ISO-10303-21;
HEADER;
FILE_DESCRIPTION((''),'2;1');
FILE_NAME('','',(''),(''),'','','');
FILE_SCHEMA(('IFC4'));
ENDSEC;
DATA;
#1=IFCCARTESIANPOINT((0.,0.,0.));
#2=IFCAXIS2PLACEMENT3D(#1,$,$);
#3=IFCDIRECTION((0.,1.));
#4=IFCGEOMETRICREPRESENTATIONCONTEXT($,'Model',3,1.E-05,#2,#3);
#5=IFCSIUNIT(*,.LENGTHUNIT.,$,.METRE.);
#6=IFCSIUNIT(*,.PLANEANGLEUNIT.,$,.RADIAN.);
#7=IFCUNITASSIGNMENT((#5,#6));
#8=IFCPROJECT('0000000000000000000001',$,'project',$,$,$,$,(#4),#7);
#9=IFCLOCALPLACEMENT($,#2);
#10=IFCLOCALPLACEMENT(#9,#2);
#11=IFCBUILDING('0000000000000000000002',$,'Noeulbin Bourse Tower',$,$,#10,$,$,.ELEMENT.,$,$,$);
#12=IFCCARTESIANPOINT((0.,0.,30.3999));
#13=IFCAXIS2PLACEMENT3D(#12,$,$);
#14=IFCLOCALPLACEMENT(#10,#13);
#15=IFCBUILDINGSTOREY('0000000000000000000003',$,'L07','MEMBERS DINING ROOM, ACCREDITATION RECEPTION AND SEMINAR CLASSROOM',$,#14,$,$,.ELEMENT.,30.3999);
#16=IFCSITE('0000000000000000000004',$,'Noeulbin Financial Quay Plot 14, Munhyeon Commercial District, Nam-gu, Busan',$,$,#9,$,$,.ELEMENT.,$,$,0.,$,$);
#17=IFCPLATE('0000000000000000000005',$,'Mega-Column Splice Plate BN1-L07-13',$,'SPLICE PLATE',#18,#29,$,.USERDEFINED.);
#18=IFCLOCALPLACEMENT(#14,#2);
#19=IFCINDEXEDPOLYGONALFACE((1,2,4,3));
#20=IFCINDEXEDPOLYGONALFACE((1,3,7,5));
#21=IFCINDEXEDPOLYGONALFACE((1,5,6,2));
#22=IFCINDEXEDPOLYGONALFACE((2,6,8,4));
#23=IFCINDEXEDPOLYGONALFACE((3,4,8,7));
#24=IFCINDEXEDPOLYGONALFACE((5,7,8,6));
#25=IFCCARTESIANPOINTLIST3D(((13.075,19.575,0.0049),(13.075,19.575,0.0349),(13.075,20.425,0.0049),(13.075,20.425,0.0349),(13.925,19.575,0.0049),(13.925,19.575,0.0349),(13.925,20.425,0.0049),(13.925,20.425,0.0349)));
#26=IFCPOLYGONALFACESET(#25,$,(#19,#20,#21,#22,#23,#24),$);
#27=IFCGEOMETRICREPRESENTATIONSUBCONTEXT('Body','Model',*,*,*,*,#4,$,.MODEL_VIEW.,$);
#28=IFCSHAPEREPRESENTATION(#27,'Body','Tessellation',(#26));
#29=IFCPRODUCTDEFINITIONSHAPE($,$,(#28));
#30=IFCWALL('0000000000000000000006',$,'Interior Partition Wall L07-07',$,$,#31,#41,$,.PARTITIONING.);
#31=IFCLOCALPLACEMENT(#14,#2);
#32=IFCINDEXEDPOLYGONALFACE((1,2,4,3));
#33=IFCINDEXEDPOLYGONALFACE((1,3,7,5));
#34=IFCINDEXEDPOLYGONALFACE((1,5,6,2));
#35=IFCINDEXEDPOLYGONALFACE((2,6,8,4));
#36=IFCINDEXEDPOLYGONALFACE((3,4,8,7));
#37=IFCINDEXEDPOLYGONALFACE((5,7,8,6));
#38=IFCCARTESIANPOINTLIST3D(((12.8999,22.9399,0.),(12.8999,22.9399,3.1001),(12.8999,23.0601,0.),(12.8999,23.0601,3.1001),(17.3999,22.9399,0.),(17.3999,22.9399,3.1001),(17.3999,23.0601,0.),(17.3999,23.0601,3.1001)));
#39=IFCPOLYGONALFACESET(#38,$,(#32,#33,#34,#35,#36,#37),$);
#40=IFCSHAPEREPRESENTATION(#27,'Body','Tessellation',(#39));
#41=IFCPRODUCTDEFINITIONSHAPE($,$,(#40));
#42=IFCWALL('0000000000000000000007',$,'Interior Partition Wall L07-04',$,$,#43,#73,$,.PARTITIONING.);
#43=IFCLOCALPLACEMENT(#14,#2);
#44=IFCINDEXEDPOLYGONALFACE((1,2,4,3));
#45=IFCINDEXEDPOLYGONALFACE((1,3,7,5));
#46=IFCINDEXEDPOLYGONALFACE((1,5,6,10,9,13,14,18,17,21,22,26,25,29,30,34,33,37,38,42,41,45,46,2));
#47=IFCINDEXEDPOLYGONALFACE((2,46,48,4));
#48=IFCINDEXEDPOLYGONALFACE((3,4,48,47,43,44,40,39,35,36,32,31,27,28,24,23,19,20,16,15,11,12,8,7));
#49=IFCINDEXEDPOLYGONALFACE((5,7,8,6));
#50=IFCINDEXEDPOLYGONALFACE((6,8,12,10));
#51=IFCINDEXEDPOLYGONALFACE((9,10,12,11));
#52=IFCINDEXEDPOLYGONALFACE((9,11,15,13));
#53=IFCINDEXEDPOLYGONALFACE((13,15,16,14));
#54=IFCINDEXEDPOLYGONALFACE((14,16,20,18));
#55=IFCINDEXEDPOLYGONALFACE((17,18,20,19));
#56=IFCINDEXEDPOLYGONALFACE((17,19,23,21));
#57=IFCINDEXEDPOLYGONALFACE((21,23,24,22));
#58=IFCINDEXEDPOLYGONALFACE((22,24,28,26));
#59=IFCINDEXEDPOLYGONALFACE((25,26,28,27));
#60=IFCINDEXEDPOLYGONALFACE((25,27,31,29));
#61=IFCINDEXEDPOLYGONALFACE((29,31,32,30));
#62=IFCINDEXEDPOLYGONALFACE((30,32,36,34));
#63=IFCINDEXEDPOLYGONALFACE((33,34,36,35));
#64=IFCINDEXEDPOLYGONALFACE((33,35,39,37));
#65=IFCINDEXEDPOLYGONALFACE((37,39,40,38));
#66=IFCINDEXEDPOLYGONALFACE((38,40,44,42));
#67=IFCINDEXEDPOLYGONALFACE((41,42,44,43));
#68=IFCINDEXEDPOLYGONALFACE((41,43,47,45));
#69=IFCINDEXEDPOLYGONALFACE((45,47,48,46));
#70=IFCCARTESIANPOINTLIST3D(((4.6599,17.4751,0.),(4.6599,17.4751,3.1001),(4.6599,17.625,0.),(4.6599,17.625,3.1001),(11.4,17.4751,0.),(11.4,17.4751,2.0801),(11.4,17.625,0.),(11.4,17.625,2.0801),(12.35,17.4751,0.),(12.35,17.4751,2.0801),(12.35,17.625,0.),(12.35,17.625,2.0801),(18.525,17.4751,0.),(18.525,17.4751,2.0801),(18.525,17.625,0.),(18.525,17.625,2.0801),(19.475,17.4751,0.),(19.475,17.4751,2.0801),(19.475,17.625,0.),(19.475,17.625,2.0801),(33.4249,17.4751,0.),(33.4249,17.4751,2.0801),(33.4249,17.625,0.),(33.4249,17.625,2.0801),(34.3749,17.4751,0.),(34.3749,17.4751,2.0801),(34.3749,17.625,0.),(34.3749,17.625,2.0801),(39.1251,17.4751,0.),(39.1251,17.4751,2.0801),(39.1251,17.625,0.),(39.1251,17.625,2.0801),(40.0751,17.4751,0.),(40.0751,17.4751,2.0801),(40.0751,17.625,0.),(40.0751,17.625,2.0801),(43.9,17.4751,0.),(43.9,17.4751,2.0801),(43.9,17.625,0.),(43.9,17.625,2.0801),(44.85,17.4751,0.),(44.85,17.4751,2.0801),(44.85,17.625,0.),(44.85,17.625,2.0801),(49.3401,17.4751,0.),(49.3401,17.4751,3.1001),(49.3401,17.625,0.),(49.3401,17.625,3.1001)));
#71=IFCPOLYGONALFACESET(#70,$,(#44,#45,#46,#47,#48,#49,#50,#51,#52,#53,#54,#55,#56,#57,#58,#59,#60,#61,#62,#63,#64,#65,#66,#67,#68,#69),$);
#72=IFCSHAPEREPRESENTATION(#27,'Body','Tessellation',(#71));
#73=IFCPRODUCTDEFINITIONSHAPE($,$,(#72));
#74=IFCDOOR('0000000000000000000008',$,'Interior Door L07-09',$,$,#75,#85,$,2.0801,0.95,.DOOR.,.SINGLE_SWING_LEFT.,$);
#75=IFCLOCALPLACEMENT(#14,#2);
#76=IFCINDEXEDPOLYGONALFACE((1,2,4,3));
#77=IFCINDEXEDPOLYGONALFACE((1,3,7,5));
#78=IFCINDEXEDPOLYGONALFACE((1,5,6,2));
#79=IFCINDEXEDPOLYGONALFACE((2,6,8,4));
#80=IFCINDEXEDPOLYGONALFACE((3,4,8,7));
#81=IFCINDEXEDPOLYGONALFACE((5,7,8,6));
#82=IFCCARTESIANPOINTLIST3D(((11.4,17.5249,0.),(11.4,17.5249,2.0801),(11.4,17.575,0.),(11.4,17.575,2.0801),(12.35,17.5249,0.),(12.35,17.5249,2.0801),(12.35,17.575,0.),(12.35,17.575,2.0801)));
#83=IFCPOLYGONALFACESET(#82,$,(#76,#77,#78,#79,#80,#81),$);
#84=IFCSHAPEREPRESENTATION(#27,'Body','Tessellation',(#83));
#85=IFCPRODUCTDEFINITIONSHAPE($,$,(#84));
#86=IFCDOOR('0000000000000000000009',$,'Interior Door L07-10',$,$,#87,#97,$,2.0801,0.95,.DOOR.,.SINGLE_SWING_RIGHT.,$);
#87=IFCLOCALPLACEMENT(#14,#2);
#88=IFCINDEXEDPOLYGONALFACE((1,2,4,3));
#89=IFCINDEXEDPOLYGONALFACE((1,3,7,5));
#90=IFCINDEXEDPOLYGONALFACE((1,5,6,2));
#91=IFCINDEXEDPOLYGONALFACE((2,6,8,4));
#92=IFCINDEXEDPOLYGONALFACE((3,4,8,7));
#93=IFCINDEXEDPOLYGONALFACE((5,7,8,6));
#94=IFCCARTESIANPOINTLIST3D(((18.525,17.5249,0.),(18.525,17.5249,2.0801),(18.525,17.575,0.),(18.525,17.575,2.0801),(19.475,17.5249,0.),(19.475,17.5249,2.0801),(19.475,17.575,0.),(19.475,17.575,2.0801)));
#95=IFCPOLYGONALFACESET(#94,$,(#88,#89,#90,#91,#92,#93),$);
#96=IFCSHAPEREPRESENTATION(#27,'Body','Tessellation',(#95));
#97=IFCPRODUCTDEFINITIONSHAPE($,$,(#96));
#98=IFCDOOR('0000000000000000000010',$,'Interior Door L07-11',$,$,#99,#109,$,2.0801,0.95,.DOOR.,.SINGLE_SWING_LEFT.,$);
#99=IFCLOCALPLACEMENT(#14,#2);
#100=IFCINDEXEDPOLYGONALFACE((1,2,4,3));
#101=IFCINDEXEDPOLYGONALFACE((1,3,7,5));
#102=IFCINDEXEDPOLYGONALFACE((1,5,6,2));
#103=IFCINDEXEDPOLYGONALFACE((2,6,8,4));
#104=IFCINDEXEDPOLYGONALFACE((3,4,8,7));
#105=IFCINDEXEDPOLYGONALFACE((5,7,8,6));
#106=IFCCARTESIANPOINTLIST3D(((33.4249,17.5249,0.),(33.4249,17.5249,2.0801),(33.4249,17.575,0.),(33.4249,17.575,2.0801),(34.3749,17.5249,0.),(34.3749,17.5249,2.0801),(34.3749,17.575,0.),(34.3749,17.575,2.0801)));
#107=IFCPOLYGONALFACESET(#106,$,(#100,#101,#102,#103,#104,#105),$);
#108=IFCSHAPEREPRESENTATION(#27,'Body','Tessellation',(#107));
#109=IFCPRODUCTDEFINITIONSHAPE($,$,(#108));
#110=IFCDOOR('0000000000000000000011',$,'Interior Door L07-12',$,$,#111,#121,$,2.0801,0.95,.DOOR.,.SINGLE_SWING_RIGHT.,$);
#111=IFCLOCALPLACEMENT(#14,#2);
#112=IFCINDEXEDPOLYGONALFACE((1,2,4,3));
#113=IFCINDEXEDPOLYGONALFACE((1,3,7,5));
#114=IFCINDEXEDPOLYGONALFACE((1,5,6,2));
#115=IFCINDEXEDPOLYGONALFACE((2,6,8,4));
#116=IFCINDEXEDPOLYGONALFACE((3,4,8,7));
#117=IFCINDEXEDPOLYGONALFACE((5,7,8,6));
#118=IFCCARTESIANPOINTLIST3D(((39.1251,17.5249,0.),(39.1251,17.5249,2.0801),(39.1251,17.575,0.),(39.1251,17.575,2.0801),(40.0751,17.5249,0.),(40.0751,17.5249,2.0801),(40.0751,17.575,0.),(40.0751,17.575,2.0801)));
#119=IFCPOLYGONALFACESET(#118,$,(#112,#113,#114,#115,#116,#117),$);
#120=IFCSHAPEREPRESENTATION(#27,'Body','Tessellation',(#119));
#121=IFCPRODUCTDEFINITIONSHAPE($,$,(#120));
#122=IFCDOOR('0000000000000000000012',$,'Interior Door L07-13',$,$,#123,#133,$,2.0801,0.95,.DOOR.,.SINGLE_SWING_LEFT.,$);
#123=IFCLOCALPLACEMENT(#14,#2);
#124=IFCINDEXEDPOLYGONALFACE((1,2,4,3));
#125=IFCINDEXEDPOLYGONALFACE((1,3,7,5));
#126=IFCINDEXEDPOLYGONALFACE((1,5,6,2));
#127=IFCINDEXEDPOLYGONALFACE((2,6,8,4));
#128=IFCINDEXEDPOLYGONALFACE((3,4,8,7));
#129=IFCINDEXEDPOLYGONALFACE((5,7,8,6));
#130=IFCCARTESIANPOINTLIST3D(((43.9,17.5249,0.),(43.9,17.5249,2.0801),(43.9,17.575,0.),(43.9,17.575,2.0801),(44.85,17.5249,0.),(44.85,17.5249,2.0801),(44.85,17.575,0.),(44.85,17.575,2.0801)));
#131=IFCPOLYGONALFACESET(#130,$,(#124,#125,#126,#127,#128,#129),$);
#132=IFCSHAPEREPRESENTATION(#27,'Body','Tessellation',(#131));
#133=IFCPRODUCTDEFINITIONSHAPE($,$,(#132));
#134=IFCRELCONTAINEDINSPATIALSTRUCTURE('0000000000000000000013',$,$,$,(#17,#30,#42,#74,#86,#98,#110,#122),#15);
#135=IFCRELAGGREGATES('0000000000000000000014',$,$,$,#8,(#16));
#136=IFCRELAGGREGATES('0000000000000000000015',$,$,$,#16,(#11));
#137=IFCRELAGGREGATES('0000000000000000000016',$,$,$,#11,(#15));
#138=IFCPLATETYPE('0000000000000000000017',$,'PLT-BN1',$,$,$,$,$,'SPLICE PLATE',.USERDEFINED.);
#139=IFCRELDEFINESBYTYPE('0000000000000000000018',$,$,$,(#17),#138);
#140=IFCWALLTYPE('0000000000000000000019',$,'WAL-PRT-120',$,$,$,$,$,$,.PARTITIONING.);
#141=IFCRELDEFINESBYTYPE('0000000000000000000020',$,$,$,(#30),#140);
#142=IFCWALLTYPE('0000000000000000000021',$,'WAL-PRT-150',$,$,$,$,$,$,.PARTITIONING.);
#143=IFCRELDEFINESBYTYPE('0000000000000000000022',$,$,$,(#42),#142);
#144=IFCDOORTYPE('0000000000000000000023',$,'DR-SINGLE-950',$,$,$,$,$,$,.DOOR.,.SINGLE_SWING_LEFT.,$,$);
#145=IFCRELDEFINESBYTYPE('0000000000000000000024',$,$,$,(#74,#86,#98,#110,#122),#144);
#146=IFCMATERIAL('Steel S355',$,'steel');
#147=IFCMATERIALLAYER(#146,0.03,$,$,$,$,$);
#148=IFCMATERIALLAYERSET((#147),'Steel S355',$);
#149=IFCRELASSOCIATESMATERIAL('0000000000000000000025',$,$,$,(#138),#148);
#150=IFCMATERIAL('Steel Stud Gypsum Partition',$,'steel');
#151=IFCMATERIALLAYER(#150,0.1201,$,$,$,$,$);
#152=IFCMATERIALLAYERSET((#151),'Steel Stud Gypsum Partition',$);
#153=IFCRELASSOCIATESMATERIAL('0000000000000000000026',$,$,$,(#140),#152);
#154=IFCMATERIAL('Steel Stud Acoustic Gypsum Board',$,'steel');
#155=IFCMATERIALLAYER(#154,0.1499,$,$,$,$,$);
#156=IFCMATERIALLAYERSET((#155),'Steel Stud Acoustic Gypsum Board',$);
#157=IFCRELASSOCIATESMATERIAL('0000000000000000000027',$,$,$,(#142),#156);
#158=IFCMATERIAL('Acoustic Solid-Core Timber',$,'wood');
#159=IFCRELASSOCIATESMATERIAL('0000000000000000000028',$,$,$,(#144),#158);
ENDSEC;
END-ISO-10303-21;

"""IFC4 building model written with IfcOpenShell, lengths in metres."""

from ifc_helpers import new_model, si_unit, direction, frame, frame_2d, origin, origin_2d, place, context, subcontext, project, spatial, rectangle, extrude, material, layer, layer_set, type_object, element, fill, save


model = new_model("IFC4")

# Units and contexts
model_context = context("Model", 3, precision=1e-05, world=origin(), true_north=direction((0.0, 1.0)))
body_context = subcontext(model_context, "Body", "Model", "MODEL_VIEW")
ifc_project = project(units=[si_unit("LENGTHUNIT", "METRE"), si_unit("PLANEANGLEUNIT", "RADIAN")], contexts=[model_context])

# Site, building, storey
site_placement = place(None, origin())
site = spatial("IfcSite", under=ifc_project, at=site_placement, Name="Noeulbin Financial Quay Plot 14, Munhyeon Commercial District, Nam-gu, Busan", CompositionType="ELEMENT", RefElevation=0.0)
building_placement = place(site_placement, origin())
building = spatial("IfcBuilding", under=site, at=building_placement, Name="Noeulbin Bourse Tower", CompositionType="ELEMENT")
storey_placement = place(building_placement, frame((0.0, 0.0, 30.3999)))
storey = spatial("IfcBuildingStorey", under=building, at=storey_placement, Name="L07", Description="MEMBERS DINING ROOM, ACCREDITATION RECEPTION AND SEMINAR CLASSROOM", CompositionType="ELEMENT", Elevation=30.3999)

# Shared definitions
ifc_material_1 = material(Name="Steel S355", Category="steel")

# Plate
ifc_layer_1 = layer(ifc_material_1, 0.03)
ifc_layer_set_1 = layer_set([ifc_layer_1], Name="Steel S355")
plate_type = type_object("IfcPlateType", Name="PLT-BN1", ElementType="SPLICE PLATE", PredefinedType="USERDEFINED", material=ifc_layer_set_1)
plate_placement = place(storey_placement, frame((13.5, 20.0, 0.0049), z_axis=(0.0, 0.0, 1.0), x_axis=(1.0, 0.0, 0.0)))
element("IfcPlate", 1, at=plate_placement, inside=storey, type_object=plate_type, Name="Mega-Column Splice Plate BN1-L07-13", ObjectType="SPLICE PLATE", PredefinedType="USERDEFINED", context=body_context, shape_type="SweptSolid", body=[
    extrude(rectangle(XDim=0.8501, YDim=0.8501, at=origin_2d()), origin(), (0.0, 0.0, 1.0), 0.03),
])

# Wall
ifc_material_2 = material(Name="Steel Stud Gypsum Partition", Category="steel")
ifc_layer_2 = layer(ifc_material_2, 0.1201)
ifc_layer_set_2 = layer_set([ifc_layer_2], Name="Steel Stud Gypsum Partition")
wall_type_1 = type_object("IfcWallType", Name="WAL-PRT-120", PredefinedType="PARTITIONING", material=ifc_layer_set_2)
wall_1_placement = place(storey_placement, frame((12.8999, 23.0, 0.0), z_axis=(0.0, 0.0, 1.0), x_axis=(1.0, 0.0, 0.0)))
element("IfcWall", 2, at=wall_1_placement, inside=storey, type_object=wall_type_1, Name="Interior Partition Wall L07-07", PredefinedType="PARTITIONING", context=body_context, shape_type="SweptSolid", body=[
    extrude(rectangle(XDim=4.5, YDim=0.1201, at=frame_2d((2.25, 0.0))), origin(), (0.0, 0.0, 1.0), 3.1001),
])

# Wall, openings, doors
ifc_material_3 = material(Name="Steel Stud Acoustic Gypsum Board", Category="steel")
ifc_layer_3 = layer(ifc_material_3, 0.1499)
ifc_layer_set_3 = layer_set([ifc_layer_3], Name="Steel Stud Acoustic Gypsum Board")
wall_type_2 = type_object("IfcWallType", Name="WAL-PRT-150", PredefinedType="PARTITIONING", material=ifc_layer_set_3)
wall_2_placement = place(storey_placement, frame((4.6599, 17.55, 0.0), z_axis=(0.0, 0.0, 1.0), x_axis=(1.0, 0.0, 0.0)))
wall_2 = element("IfcWall", 3, at=wall_2_placement, inside=storey, type_object=wall_type_2, Name="Interior Partition Wall L07-04", PredefinedType="PARTITIONING", context=body_context, shape_type="SweptSolid", body=[
    extrude(rectangle(XDim=44.6802, YDim=0.1499, at=frame_2d((22.3401, 0.0))), origin(), (0.0, 0.0, 1.0), 3.1001),
])
opening_1_placement = place(wall_2_placement, frame((6.74, 0.0, 0.0)))
opening_1 = element("IfcOpeningElement", 4, at=opening_1_placement, cuts=wall_2, PredefinedType="OPENING", context=body_context, shape_type="SweptSolid", body=[
    extrude(rectangle(XDim=0.95, YDim=2.0801, at=frame_2d((0.4751, 1.04))), frame((0.0, 0.085, 0.0), z_axis=(0.0, -1.0, 0.0), x_axis=(1.0, 0.0, 0.0)), (0.0, 0.0, 1.0), 0.1699),
])
opening_2_placement = place(wall_2_placement, frame((13.865, 0.0, 0.0)))
opening_2 = element("IfcOpeningElement", 5, at=opening_2_placement, cuts=wall_2, PredefinedType="OPENING", context=body_context, shape_type="SweptSolid", body=[
    extrude(rectangle(XDim=0.95, YDim=2.0801, at=frame_2d((0.4751, 1.04))), frame((0.0, 0.085, 0.0), z_axis=(0.0, -1.0, 0.0), x_axis=(1.0, 0.0, 0.0)), (0.0, 0.0, 1.0), 0.1699),
])
opening_3_placement = place(wall_2_placement, frame((28.7649, 0.0, 0.0)))
opening_3 = element("IfcOpeningElement", 6, at=opening_3_placement, cuts=wall_2, PredefinedType="OPENING", context=body_context, shape_type="SweptSolid", body=[
    extrude(rectangle(XDim=0.95, YDim=2.0801, at=frame_2d((0.4751, 1.04))), frame((0.0, 0.085, 0.0), z_axis=(0.0, -1.0, 0.0), x_axis=(1.0, 0.0, 0.0)), (0.0, 0.0, 1.0), 0.1699),
])
opening_4_placement = place(wall_2_placement, frame((34.4651, 0.0, 0.0)))
opening_4 = element("IfcOpeningElement", 7, at=opening_4_placement, cuts=wall_2, PredefinedType="OPENING", context=body_context, shape_type="SweptSolid", body=[
    extrude(rectangle(XDim=0.95, YDim=2.0801, at=frame_2d((0.4751, 1.04))), frame((0.0, 0.085, 0.0), z_axis=(0.0, -1.0, 0.0), x_axis=(1.0, 0.0, 0.0)), (0.0, 0.0, 1.0), 0.1699),
])
opening_5_placement = place(wall_2_placement, frame((39.24, 0.0, 0.0)))
opening_5 = element("IfcOpeningElement", 8, at=opening_5_placement, cuts=wall_2, PredefinedType="OPENING", context=body_context, shape_type="SweptSolid", body=[
    extrude(rectangle(XDim=0.95, YDim=2.0801, at=frame_2d((0.4751, 1.04))), frame((0.0, 0.085, 0.0), z_axis=(0.0, -1.0, 0.0), x_axis=(1.0, 0.0, 0.0)), (0.0, 0.0, 1.0), 0.1699),
])
ifc_material_4 = material(Name="Acoustic Solid-Core Timber", Category="wood")
door_type = type_object("IfcDoorType", Name="DR-SINGLE-950", OperationType="SINGLE_SWING_LEFT", PredefinedType="DOOR", material=ifc_material_4)
door_1_placement = place(opening_1_placement, origin())
door_1 = element("IfcDoor", 9, at=door_1_placement, inside=storey, type_object=door_type, Name="Interior Door L07-09", OperationType="SINGLE_SWING_LEFT", OverallHeight=2.0801, OverallWidth=0.95, PredefinedType="DOOR", context=body_context, shape_type="SweptSolid", body=[
    extrude(rectangle(XDim=0.95, YDim=2.0801, at=frame_2d((0.4751, 1.04))), frame((0.0, 0.0249, 0.0), z_axis=(0.0, -1.0, 0.0), x_axis=(1.0, 0.0, 0.0)), (0.0, 0.0, 1.0), 0.05),
])
fill(opening_1, door_1)
door_2_placement = place(opening_2_placement, origin())
door_2 = element("IfcDoor", 10, at=door_2_placement, inside=storey, type_object=door_type, Name="Interior Door L07-10", OperationType="SINGLE_SWING_RIGHT", OverallHeight=2.0801, OverallWidth=0.95, PredefinedType="DOOR", context=body_context, shape_type="SweptSolid", body=[
    extrude(rectangle(XDim=0.95, YDim=2.0801, at=frame_2d((0.4751, 1.04))), frame((0.0, 0.0249, 0.0), z_axis=(0.0, -1.0, 0.0), x_axis=(1.0, 0.0, 0.0)), (0.0, 0.0, 1.0), 0.05),
])
fill(opening_2, door_2)
door_3_placement = place(opening_3_placement, origin())
door_3 = element("IfcDoor", 11, at=door_3_placement, inside=storey, type_object=door_type, Name="Interior Door L07-11", OperationType="SINGLE_SWING_LEFT", OverallHeight=2.0801, OverallWidth=0.95, PredefinedType="DOOR", context=body_context, shape_type="SweptSolid", body=[
    extrude(rectangle(XDim=0.95, YDim=2.0801, at=frame_2d((0.4751, 1.04))), frame((0.0, 0.0249, 0.0), z_axis=(0.0, -1.0, 0.0), x_axis=(1.0, 0.0, 0.0)), (0.0, 0.0, 1.0), 0.05),
])
fill(opening_3, door_3)
door_4_placement = place(opening_4_placement, origin())
door_4 = element("IfcDoor", 12, at=door_4_placement, inside=storey, type_object=door_type, Name="Interior Door L07-12", OperationType="SINGLE_SWING_RIGHT", OverallHeight=2.0801, OverallWidth=0.95, PredefinedType="DOOR", context=body_context, shape_type="SweptSolid", body=[
    extrude(rectangle(XDim=0.95, YDim=2.0801, at=frame_2d((0.4751, 1.04))), frame((0.0, 0.0249, 0.0), z_axis=(0.0, -1.0, 0.0), x_axis=(1.0, 0.0, 0.0)), (0.0, 0.0, 1.0), 0.05),
])
fill(opening_4, door_4)
door_5_placement = place(opening_5_placement, origin())
door_5 = element("IfcDoor", 13, at=door_5_placement, inside=storey, type_object=door_type, Name="Interior Door L07-13", OperationType="SINGLE_SWING_LEFT", OverallHeight=2.0801, OverallWidth=0.95, PredefinedType="DOOR", context=body_context, shape_type="SweptSolid", body=[
    extrude(rectangle(XDim=0.95, YDim=2.0801, at=frame_2d((0.4751, 1.04))), frame((0.0, 0.0249, 0.0), z_axis=(0.0, -1.0, 0.0), x_axis=(1.0, 0.0, 0.0)), (0.0, 0.0, 1.0), 0.05),
])
fill(opening_5, door_5)

save(model, "model.ifc")
